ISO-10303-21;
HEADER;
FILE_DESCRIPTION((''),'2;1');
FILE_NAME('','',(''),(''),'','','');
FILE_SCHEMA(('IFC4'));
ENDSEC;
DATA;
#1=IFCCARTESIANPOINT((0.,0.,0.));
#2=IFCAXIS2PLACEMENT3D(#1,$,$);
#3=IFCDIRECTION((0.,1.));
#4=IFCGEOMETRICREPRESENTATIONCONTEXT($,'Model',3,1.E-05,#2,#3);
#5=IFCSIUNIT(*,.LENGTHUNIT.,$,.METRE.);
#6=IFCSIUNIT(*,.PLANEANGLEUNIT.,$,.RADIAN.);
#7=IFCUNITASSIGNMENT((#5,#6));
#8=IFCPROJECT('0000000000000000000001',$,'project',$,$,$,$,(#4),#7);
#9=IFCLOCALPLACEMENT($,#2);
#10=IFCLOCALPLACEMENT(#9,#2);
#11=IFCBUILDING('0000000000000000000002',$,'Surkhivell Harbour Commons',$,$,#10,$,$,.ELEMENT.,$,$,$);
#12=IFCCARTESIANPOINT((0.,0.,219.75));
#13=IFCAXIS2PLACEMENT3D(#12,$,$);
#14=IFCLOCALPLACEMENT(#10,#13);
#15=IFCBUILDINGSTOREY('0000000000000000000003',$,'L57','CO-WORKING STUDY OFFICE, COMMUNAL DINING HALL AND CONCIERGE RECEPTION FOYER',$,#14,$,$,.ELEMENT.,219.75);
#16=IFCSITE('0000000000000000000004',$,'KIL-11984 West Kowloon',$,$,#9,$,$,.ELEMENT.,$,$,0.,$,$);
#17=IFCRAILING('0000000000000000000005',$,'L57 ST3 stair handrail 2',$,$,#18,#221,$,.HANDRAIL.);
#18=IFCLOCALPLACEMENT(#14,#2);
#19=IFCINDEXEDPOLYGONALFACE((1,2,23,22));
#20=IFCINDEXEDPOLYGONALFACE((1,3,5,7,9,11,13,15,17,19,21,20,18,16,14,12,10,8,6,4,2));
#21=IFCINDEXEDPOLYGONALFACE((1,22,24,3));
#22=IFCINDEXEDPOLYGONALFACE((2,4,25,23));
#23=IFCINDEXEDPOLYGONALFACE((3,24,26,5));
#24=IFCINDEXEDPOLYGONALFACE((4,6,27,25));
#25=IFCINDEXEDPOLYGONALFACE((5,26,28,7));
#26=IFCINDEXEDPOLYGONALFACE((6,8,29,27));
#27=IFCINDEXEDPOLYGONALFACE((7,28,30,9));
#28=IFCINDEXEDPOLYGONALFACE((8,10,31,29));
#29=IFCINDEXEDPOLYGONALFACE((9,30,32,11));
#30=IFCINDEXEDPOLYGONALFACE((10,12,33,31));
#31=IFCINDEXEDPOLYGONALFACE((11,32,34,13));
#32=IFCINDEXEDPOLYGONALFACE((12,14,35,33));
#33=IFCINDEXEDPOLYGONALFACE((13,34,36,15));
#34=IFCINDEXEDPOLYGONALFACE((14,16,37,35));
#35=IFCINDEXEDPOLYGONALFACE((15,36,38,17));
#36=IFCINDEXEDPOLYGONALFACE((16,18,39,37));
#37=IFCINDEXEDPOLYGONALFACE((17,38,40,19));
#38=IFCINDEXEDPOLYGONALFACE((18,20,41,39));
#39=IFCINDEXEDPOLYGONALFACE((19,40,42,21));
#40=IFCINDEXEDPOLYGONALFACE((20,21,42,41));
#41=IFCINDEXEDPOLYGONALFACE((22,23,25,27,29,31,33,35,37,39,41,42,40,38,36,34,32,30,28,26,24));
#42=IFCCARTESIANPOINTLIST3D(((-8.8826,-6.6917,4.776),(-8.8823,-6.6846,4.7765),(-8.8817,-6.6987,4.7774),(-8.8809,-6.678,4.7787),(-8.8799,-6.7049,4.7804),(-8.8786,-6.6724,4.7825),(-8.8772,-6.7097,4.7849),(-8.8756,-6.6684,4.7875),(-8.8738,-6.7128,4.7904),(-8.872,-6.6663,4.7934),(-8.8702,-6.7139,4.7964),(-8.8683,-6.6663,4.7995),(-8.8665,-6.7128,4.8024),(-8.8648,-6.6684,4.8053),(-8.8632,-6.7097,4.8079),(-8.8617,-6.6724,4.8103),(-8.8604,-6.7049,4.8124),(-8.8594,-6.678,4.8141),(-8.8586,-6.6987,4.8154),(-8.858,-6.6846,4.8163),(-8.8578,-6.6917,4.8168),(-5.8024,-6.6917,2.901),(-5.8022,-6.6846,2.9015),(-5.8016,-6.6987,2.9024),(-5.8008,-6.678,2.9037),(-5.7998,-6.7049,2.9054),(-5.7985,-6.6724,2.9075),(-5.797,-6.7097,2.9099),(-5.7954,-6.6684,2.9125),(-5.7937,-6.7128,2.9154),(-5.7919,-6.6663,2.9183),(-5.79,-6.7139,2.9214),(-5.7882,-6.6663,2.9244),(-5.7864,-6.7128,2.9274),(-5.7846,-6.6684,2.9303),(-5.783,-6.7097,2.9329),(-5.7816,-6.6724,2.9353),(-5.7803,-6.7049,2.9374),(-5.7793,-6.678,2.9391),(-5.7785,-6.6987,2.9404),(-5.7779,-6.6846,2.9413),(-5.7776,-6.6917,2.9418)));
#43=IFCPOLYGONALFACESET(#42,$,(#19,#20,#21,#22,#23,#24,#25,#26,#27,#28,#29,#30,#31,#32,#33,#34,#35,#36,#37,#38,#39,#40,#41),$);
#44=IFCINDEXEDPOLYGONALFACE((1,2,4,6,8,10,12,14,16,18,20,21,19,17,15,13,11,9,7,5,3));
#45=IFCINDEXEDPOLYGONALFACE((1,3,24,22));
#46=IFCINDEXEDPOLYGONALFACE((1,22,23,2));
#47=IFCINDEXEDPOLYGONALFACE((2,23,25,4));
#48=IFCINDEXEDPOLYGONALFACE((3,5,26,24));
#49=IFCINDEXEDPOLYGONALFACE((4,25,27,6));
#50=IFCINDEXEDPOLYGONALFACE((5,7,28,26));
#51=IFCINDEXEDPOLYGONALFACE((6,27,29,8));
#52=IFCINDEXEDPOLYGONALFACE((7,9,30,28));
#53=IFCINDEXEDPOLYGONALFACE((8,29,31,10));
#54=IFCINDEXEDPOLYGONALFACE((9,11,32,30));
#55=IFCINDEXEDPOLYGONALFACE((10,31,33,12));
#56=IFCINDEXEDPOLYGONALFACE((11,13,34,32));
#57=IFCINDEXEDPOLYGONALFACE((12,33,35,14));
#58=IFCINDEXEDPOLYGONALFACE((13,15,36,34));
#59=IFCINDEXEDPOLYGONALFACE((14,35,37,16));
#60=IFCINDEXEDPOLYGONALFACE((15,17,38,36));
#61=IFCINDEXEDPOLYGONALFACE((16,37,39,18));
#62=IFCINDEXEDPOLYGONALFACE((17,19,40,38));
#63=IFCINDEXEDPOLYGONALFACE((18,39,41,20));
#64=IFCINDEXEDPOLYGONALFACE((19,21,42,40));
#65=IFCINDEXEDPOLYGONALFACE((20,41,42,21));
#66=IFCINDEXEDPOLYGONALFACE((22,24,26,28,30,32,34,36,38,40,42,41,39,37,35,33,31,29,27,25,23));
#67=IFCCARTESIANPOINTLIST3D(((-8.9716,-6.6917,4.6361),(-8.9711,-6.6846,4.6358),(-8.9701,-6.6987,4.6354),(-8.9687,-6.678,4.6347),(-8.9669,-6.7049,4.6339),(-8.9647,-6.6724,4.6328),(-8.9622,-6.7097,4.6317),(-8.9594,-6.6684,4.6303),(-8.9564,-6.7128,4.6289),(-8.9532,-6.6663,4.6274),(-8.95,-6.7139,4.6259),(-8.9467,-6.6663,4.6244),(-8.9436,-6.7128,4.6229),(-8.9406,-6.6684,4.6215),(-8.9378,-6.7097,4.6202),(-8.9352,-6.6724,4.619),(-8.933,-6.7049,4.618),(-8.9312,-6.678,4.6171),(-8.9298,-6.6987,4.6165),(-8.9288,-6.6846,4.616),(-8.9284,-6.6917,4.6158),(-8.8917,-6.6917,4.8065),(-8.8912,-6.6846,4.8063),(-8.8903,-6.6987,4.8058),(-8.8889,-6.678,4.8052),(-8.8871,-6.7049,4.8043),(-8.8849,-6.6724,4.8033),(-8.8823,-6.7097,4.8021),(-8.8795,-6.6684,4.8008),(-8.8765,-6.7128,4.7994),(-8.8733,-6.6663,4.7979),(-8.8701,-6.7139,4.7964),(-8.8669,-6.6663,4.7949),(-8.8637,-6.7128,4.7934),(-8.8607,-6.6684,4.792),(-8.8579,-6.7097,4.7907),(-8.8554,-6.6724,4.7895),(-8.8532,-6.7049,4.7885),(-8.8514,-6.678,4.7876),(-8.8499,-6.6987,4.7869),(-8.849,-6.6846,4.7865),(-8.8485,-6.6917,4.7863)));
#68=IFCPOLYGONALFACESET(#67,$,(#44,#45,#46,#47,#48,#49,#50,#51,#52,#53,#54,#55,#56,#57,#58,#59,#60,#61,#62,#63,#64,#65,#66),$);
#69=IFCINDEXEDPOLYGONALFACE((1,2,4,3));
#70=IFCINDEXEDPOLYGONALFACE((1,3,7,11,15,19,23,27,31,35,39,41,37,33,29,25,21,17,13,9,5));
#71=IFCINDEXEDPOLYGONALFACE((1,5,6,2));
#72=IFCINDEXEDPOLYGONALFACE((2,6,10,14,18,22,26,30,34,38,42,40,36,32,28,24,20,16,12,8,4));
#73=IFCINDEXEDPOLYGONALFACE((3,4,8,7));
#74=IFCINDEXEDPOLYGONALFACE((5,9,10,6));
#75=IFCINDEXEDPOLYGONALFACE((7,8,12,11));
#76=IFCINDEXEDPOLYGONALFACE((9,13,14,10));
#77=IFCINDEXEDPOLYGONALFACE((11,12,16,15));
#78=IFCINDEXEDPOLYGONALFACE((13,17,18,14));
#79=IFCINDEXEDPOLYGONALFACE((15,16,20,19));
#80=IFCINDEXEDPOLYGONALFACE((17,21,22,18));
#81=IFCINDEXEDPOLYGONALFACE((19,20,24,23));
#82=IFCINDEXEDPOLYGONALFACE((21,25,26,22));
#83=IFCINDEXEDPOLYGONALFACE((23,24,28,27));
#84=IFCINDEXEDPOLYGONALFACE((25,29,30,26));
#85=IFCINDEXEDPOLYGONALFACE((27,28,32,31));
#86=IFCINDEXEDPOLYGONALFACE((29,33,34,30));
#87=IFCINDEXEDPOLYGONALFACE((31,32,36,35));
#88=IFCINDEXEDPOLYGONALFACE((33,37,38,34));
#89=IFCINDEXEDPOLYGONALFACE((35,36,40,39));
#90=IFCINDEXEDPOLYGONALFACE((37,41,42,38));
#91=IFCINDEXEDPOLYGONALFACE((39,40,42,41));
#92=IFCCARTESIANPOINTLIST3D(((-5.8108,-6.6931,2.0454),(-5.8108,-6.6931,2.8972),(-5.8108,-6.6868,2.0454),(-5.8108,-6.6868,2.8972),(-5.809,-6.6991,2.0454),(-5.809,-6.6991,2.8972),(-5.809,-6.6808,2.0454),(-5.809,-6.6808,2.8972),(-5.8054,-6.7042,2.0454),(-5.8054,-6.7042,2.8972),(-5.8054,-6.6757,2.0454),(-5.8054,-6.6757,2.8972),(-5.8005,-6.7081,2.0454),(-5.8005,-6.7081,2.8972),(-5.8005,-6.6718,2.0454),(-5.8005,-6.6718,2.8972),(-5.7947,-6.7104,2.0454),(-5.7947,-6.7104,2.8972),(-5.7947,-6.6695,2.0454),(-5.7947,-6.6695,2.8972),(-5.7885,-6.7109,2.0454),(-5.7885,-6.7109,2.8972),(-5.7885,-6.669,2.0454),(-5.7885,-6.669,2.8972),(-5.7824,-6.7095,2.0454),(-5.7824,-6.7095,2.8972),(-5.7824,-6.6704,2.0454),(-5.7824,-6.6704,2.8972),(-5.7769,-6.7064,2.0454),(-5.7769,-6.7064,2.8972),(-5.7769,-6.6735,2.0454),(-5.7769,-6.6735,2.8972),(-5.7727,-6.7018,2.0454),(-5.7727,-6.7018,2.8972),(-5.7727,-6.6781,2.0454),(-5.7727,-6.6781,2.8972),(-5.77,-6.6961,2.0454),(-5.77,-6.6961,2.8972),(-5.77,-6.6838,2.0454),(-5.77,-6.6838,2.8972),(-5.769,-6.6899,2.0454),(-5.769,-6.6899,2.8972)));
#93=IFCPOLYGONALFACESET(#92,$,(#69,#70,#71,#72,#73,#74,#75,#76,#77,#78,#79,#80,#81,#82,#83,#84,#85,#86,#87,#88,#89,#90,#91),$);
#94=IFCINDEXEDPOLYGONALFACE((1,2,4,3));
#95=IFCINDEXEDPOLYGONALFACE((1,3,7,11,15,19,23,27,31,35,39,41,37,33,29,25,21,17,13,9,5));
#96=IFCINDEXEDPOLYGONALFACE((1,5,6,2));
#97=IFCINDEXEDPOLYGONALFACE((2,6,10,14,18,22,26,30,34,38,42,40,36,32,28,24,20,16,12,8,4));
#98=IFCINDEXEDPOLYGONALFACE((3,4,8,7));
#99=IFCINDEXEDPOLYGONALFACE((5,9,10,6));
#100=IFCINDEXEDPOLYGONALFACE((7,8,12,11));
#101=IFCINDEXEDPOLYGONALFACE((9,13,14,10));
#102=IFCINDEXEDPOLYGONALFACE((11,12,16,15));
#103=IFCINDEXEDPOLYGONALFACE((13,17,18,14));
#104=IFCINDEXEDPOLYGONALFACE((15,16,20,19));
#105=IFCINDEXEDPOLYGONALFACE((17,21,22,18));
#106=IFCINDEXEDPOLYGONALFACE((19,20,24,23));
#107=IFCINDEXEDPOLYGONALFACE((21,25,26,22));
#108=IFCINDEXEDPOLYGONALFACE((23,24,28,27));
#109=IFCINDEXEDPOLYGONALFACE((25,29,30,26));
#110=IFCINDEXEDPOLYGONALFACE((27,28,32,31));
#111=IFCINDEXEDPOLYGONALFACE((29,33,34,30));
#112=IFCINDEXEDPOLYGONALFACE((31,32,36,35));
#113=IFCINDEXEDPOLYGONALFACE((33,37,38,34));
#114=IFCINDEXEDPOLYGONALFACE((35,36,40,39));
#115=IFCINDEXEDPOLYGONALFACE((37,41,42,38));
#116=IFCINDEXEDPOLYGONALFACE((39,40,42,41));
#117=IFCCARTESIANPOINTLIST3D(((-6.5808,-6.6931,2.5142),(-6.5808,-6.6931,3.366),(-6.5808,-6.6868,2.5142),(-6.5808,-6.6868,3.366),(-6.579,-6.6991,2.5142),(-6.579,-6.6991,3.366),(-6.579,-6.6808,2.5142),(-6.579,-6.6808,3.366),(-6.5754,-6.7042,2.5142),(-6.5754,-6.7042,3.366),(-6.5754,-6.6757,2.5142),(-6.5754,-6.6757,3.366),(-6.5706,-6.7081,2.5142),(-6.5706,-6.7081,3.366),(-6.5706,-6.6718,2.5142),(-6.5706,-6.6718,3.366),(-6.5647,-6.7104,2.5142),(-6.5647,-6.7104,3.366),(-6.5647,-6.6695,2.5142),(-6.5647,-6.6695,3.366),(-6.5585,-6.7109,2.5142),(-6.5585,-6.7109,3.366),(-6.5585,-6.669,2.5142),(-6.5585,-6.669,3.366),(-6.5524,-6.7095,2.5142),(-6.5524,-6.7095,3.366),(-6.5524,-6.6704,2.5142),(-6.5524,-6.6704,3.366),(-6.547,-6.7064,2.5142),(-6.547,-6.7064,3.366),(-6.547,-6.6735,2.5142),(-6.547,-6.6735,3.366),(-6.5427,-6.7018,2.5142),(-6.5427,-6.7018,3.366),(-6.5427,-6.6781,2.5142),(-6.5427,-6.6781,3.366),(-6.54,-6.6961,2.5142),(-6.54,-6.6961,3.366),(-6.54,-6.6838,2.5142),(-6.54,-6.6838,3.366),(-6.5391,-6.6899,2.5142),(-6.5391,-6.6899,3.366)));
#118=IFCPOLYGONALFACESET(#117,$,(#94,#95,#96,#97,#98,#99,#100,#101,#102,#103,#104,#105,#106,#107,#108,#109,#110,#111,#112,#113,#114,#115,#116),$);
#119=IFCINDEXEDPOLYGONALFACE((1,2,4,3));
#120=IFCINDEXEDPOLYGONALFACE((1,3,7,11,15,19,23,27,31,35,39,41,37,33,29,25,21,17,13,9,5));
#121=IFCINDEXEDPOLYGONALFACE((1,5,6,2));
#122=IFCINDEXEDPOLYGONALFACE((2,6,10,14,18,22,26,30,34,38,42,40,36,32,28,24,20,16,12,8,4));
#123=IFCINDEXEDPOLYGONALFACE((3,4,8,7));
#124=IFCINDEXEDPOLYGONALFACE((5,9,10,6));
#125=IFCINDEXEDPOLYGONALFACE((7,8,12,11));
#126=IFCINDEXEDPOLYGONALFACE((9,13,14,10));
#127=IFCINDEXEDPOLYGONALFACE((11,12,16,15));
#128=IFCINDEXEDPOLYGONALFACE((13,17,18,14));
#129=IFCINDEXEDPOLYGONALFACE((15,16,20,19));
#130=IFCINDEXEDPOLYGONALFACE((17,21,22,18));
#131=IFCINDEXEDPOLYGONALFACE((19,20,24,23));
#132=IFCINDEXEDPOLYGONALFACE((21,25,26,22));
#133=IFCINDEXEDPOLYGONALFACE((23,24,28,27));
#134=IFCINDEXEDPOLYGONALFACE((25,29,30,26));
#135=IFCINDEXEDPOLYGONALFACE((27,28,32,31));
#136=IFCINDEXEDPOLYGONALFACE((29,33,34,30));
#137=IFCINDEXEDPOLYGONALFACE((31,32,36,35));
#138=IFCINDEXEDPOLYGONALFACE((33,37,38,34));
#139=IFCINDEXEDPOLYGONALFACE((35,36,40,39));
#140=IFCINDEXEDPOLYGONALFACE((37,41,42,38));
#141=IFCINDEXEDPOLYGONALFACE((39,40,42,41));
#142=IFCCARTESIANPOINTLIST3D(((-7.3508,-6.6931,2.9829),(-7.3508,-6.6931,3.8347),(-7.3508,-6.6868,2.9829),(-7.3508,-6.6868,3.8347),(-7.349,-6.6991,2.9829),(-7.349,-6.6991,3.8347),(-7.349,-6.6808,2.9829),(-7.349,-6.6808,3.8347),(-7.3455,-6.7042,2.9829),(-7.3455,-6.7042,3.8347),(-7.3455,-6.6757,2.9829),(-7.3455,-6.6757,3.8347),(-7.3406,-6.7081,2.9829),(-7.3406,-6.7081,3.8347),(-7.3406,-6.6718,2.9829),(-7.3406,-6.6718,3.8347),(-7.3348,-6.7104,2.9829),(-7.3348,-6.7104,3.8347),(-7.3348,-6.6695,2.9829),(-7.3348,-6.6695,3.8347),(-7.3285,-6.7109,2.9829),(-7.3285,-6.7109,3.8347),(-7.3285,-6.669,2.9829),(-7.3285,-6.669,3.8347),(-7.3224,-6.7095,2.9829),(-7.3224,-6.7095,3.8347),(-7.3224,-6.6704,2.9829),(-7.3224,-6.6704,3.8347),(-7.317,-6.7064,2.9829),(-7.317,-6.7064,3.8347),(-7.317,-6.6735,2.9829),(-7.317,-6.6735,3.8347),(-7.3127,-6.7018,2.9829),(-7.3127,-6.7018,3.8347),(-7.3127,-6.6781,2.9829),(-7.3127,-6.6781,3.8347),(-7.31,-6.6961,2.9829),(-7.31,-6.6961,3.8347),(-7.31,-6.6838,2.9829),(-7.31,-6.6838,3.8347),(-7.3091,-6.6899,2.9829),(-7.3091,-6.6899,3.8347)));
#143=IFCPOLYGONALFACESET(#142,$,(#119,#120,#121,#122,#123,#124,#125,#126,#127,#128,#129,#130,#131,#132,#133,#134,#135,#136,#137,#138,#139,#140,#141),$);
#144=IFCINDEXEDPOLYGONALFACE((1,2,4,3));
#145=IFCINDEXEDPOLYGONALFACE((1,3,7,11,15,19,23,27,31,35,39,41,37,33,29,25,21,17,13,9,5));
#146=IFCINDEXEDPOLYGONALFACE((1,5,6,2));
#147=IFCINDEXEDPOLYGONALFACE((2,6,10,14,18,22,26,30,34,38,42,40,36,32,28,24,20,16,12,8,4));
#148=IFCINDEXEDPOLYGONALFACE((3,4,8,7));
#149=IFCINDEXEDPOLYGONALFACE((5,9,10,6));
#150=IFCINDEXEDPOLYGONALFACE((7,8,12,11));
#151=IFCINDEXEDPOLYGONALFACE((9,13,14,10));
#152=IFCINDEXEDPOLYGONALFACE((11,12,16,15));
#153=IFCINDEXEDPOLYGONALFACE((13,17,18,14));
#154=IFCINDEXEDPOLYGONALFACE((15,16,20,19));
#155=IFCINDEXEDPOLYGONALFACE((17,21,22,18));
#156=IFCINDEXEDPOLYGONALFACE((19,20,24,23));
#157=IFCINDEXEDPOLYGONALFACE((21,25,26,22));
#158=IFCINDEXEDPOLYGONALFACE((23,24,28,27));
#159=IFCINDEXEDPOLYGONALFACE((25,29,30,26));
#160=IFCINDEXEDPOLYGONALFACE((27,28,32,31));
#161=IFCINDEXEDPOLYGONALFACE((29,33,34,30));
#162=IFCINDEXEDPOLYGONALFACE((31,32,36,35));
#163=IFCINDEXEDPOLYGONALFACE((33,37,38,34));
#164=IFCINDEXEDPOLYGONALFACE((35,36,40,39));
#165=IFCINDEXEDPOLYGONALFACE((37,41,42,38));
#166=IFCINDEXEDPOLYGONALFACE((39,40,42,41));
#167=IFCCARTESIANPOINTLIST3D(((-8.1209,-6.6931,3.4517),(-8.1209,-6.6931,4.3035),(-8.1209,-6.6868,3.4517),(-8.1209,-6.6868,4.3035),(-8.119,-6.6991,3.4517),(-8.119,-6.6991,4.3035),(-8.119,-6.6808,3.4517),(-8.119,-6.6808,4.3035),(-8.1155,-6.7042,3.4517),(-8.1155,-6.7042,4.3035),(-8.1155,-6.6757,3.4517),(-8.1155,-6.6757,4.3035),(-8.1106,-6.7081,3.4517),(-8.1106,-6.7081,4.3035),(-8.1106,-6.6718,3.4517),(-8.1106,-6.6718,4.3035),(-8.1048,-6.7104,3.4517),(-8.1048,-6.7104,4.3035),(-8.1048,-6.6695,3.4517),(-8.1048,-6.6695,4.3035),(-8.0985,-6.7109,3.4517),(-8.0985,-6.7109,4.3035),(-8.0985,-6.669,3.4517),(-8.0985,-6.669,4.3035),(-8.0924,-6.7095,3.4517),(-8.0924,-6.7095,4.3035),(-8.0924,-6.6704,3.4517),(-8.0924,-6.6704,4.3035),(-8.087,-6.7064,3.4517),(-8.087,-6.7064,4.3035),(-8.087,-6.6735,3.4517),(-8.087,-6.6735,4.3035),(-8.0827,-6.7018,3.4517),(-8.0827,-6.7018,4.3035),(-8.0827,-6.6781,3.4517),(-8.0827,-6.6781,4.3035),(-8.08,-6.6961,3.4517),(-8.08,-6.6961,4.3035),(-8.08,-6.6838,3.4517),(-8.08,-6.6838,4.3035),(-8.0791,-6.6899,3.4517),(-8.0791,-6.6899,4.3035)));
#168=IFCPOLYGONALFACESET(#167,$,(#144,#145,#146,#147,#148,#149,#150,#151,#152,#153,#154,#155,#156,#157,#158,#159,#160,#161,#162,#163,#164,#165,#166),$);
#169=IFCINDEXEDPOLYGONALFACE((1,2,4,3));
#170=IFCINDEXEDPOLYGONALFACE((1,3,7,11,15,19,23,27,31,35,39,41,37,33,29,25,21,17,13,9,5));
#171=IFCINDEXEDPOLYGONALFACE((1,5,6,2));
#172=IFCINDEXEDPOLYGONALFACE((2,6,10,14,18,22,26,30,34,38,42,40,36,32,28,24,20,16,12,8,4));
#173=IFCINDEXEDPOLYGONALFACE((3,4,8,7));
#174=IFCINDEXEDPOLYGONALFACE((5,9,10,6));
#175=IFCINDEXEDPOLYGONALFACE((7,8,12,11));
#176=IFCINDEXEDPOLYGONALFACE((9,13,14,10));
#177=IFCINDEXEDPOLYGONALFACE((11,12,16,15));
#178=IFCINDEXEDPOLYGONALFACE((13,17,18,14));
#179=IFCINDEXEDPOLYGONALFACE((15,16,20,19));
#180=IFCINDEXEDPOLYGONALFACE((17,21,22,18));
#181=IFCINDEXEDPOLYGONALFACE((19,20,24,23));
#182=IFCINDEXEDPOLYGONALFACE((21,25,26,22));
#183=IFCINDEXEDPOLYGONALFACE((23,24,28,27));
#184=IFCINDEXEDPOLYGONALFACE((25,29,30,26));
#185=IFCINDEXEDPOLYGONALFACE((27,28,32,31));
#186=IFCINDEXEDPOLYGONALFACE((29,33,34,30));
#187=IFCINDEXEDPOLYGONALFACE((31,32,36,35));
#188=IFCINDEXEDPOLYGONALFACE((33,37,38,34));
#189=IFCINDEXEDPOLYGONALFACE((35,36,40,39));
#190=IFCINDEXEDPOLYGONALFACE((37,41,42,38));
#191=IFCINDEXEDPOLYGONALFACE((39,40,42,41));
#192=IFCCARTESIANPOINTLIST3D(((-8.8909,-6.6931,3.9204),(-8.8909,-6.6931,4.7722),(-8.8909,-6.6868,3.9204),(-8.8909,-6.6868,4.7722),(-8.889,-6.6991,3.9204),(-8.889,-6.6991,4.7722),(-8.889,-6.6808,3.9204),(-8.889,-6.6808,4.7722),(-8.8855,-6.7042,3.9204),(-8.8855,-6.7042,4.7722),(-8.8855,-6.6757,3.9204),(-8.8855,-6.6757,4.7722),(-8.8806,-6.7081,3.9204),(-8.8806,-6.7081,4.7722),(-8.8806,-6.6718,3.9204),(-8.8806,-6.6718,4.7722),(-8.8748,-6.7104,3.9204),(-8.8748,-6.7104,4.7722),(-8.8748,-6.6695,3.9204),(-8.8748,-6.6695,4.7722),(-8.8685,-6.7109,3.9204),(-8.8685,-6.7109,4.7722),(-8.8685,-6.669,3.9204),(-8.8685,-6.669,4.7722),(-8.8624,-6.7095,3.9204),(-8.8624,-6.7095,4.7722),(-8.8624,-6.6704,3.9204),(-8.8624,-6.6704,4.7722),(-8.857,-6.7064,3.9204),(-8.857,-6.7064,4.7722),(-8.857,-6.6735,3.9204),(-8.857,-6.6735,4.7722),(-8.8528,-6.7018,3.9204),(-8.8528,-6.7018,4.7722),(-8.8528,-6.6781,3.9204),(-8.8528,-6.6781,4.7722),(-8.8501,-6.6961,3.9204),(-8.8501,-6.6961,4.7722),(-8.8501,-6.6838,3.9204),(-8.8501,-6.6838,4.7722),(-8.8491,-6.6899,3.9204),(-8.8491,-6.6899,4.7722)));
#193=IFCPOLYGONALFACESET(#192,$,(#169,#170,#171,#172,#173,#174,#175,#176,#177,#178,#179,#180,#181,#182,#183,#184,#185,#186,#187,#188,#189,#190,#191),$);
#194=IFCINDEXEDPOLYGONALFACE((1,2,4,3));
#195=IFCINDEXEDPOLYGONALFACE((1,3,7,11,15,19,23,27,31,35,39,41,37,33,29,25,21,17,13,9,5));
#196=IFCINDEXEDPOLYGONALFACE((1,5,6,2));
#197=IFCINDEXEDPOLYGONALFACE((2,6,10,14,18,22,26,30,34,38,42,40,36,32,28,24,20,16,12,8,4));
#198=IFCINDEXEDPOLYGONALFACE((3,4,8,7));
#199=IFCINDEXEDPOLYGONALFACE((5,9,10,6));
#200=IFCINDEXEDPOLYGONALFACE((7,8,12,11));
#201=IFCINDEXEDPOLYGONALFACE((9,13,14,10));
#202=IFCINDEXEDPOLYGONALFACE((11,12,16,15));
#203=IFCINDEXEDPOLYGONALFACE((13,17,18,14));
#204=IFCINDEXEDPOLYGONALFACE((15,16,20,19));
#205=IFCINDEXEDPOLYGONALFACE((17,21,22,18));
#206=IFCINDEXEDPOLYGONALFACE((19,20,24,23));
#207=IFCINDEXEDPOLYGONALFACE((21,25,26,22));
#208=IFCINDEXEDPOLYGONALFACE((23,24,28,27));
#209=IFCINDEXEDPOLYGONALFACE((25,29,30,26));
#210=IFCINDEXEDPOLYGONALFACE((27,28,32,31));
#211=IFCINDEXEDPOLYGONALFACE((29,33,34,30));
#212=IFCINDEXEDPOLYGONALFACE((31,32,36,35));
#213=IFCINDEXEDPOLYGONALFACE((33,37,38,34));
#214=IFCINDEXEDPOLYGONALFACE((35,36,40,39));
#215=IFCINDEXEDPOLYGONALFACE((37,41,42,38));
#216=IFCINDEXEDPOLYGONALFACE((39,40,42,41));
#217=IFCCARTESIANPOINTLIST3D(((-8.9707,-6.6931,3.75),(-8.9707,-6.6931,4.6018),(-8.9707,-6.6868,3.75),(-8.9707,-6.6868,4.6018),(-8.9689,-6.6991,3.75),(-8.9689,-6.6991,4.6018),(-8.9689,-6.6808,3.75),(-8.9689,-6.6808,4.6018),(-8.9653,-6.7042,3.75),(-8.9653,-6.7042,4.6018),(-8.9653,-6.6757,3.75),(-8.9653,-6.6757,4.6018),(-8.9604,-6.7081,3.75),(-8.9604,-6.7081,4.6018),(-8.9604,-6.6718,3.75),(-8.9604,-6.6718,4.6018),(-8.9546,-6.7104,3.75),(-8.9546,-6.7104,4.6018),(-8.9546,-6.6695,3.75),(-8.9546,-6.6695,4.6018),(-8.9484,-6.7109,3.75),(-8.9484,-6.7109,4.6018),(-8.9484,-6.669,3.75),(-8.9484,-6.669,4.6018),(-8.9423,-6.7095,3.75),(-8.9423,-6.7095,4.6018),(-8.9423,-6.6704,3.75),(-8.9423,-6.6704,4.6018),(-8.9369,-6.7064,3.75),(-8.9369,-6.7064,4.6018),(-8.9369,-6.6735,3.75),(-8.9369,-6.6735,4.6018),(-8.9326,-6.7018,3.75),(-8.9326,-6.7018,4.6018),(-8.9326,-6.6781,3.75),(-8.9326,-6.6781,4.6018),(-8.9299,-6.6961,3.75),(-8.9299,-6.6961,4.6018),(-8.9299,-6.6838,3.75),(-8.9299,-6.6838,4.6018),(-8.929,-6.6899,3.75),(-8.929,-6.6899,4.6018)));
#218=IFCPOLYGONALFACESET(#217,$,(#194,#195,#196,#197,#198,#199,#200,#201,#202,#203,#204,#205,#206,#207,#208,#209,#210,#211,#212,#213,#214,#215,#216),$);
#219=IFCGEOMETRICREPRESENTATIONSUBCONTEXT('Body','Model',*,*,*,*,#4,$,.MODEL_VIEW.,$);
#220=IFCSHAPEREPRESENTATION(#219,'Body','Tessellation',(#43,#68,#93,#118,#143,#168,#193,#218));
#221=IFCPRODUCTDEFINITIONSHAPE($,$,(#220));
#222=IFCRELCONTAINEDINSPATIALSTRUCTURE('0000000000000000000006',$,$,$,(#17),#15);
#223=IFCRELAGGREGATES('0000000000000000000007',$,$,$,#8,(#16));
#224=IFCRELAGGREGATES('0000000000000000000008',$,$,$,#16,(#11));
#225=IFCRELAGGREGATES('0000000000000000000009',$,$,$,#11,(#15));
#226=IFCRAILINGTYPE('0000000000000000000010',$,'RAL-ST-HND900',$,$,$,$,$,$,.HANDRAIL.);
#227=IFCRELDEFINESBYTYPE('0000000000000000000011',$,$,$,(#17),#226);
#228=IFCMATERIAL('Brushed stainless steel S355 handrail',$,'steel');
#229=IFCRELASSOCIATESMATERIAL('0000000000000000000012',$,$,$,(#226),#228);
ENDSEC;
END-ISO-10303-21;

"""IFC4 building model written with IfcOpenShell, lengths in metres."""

from ifc_helpers import new_model, si_unit, direction, frame, origin, origin_2d, place, context, subcontext, project, spatial, circle, extrude, material, type_object, element, save


model = new_model("IFC4")

# Units and contexts
model_context = context("Model", 3, precision=1e-05, world=origin(), true_north=direction((0.0, 1.0)))
body_context = subcontext(model_context, "Body", "Model", "MODEL_VIEW")
ifc_project = project(units=[si_unit("LENGTHUNIT", "METRE"), si_unit("PLANEANGLEUNIT", "RADIAN")], contexts=[model_context])

# Site, building, storey
site_placement = place(None, origin())
site = spatial("IfcSite", under=ifc_project, at=site_placement, Name="KIL-11984 West Kowloon", CompositionType="ELEMENT", RefElevation=0.0)
building_placement = place(site_placement, origin())
building = spatial("IfcBuilding", under=site, at=building_placement, Name="Surkhivell Harbour Commons", CompositionType="ELEMENT")
storey_placement = place(building_placement, frame((0.0, 0.0, 219.75)))
storey = spatial("IfcBuildingStorey", under=building, at=storey_placement, Name="L57", Description="CO-WORKING STUDY OFFICE, COMMUNAL DINING HALL AND CONCIERGE RECEPTION FOYER", CompositionType="ELEMENT", Elevation=219.75)

# Railing
ifc_material_1 = material(Name="Brushed stainless steel S355 handrail", Category="steel")
railing_type_1 = type_object("IfcRailingType", Name="RAL-ST-HND900", PredefinedType="HANDRAIL", material=ifc_material_1)
railing_1_placement = place(storey_placement, frame((-5.79, -6.6899, 2.0454)))
element("IfcRailing", 1, at=railing_1_placement, inside=storey, type_object=railing_type_1, Name="L57 ST3 stair handrail 2", PredefinedType="HANDRAIL", context=body_context, shape_type="SweptSolid", body=[
    extrude(circle(Radius=0.0239, at=origin_2d()), frame((0.0, 0.0, 0.876), z_axis=(-0.854178, 0.0, 0.519981), x_axis=(0.0, -1.0, 0.0)), (0.0, 0.0, 1.0), 3.606),
    extrude(circle(Radius=0.0239, at=origin_2d()), frame((-3.0801, 0.0, 2.751), z_axis=(-0.424234, 0.0, -0.905552), x_axis=(0.0, -1.0, 0.0)), (0.0, 0.0, 1.0), 0.1882),
    extrude(circle(Radius=0.021, at=origin_2d()), origin(), (0.0, 0.0, 1.0), 0.8518),
    extrude(circle(Radius=0.021, at=origin_2d()), frame((-0.77, 0.0, 0.4688)), (0.0, 0.0, 1.0), 0.8518),
    extrude(circle(Radius=0.021, at=origin_2d()), frame((-1.54, 0.0, 0.9375)), (0.0, 0.0, 1.0), 0.8518),
    extrude(circle(Radius=0.021, at=origin_2d()), frame((-2.3101, 0.0, 1.4062)), (0.0, 0.0, 1.0), 0.8518),
    extrude(circle(Radius=0.021, at=origin_2d()), frame((-3.0801, 0.0, 1.875)), (0.0, 0.0, 1.0), 0.8518),
    extrude(circle(Radius=0.021, at=origin_2d()), frame((-3.1599, 0.0, 1.7046)), (0.0, 0.0, 1.0), 0.8518),
])

save(model, "model.ifc")
